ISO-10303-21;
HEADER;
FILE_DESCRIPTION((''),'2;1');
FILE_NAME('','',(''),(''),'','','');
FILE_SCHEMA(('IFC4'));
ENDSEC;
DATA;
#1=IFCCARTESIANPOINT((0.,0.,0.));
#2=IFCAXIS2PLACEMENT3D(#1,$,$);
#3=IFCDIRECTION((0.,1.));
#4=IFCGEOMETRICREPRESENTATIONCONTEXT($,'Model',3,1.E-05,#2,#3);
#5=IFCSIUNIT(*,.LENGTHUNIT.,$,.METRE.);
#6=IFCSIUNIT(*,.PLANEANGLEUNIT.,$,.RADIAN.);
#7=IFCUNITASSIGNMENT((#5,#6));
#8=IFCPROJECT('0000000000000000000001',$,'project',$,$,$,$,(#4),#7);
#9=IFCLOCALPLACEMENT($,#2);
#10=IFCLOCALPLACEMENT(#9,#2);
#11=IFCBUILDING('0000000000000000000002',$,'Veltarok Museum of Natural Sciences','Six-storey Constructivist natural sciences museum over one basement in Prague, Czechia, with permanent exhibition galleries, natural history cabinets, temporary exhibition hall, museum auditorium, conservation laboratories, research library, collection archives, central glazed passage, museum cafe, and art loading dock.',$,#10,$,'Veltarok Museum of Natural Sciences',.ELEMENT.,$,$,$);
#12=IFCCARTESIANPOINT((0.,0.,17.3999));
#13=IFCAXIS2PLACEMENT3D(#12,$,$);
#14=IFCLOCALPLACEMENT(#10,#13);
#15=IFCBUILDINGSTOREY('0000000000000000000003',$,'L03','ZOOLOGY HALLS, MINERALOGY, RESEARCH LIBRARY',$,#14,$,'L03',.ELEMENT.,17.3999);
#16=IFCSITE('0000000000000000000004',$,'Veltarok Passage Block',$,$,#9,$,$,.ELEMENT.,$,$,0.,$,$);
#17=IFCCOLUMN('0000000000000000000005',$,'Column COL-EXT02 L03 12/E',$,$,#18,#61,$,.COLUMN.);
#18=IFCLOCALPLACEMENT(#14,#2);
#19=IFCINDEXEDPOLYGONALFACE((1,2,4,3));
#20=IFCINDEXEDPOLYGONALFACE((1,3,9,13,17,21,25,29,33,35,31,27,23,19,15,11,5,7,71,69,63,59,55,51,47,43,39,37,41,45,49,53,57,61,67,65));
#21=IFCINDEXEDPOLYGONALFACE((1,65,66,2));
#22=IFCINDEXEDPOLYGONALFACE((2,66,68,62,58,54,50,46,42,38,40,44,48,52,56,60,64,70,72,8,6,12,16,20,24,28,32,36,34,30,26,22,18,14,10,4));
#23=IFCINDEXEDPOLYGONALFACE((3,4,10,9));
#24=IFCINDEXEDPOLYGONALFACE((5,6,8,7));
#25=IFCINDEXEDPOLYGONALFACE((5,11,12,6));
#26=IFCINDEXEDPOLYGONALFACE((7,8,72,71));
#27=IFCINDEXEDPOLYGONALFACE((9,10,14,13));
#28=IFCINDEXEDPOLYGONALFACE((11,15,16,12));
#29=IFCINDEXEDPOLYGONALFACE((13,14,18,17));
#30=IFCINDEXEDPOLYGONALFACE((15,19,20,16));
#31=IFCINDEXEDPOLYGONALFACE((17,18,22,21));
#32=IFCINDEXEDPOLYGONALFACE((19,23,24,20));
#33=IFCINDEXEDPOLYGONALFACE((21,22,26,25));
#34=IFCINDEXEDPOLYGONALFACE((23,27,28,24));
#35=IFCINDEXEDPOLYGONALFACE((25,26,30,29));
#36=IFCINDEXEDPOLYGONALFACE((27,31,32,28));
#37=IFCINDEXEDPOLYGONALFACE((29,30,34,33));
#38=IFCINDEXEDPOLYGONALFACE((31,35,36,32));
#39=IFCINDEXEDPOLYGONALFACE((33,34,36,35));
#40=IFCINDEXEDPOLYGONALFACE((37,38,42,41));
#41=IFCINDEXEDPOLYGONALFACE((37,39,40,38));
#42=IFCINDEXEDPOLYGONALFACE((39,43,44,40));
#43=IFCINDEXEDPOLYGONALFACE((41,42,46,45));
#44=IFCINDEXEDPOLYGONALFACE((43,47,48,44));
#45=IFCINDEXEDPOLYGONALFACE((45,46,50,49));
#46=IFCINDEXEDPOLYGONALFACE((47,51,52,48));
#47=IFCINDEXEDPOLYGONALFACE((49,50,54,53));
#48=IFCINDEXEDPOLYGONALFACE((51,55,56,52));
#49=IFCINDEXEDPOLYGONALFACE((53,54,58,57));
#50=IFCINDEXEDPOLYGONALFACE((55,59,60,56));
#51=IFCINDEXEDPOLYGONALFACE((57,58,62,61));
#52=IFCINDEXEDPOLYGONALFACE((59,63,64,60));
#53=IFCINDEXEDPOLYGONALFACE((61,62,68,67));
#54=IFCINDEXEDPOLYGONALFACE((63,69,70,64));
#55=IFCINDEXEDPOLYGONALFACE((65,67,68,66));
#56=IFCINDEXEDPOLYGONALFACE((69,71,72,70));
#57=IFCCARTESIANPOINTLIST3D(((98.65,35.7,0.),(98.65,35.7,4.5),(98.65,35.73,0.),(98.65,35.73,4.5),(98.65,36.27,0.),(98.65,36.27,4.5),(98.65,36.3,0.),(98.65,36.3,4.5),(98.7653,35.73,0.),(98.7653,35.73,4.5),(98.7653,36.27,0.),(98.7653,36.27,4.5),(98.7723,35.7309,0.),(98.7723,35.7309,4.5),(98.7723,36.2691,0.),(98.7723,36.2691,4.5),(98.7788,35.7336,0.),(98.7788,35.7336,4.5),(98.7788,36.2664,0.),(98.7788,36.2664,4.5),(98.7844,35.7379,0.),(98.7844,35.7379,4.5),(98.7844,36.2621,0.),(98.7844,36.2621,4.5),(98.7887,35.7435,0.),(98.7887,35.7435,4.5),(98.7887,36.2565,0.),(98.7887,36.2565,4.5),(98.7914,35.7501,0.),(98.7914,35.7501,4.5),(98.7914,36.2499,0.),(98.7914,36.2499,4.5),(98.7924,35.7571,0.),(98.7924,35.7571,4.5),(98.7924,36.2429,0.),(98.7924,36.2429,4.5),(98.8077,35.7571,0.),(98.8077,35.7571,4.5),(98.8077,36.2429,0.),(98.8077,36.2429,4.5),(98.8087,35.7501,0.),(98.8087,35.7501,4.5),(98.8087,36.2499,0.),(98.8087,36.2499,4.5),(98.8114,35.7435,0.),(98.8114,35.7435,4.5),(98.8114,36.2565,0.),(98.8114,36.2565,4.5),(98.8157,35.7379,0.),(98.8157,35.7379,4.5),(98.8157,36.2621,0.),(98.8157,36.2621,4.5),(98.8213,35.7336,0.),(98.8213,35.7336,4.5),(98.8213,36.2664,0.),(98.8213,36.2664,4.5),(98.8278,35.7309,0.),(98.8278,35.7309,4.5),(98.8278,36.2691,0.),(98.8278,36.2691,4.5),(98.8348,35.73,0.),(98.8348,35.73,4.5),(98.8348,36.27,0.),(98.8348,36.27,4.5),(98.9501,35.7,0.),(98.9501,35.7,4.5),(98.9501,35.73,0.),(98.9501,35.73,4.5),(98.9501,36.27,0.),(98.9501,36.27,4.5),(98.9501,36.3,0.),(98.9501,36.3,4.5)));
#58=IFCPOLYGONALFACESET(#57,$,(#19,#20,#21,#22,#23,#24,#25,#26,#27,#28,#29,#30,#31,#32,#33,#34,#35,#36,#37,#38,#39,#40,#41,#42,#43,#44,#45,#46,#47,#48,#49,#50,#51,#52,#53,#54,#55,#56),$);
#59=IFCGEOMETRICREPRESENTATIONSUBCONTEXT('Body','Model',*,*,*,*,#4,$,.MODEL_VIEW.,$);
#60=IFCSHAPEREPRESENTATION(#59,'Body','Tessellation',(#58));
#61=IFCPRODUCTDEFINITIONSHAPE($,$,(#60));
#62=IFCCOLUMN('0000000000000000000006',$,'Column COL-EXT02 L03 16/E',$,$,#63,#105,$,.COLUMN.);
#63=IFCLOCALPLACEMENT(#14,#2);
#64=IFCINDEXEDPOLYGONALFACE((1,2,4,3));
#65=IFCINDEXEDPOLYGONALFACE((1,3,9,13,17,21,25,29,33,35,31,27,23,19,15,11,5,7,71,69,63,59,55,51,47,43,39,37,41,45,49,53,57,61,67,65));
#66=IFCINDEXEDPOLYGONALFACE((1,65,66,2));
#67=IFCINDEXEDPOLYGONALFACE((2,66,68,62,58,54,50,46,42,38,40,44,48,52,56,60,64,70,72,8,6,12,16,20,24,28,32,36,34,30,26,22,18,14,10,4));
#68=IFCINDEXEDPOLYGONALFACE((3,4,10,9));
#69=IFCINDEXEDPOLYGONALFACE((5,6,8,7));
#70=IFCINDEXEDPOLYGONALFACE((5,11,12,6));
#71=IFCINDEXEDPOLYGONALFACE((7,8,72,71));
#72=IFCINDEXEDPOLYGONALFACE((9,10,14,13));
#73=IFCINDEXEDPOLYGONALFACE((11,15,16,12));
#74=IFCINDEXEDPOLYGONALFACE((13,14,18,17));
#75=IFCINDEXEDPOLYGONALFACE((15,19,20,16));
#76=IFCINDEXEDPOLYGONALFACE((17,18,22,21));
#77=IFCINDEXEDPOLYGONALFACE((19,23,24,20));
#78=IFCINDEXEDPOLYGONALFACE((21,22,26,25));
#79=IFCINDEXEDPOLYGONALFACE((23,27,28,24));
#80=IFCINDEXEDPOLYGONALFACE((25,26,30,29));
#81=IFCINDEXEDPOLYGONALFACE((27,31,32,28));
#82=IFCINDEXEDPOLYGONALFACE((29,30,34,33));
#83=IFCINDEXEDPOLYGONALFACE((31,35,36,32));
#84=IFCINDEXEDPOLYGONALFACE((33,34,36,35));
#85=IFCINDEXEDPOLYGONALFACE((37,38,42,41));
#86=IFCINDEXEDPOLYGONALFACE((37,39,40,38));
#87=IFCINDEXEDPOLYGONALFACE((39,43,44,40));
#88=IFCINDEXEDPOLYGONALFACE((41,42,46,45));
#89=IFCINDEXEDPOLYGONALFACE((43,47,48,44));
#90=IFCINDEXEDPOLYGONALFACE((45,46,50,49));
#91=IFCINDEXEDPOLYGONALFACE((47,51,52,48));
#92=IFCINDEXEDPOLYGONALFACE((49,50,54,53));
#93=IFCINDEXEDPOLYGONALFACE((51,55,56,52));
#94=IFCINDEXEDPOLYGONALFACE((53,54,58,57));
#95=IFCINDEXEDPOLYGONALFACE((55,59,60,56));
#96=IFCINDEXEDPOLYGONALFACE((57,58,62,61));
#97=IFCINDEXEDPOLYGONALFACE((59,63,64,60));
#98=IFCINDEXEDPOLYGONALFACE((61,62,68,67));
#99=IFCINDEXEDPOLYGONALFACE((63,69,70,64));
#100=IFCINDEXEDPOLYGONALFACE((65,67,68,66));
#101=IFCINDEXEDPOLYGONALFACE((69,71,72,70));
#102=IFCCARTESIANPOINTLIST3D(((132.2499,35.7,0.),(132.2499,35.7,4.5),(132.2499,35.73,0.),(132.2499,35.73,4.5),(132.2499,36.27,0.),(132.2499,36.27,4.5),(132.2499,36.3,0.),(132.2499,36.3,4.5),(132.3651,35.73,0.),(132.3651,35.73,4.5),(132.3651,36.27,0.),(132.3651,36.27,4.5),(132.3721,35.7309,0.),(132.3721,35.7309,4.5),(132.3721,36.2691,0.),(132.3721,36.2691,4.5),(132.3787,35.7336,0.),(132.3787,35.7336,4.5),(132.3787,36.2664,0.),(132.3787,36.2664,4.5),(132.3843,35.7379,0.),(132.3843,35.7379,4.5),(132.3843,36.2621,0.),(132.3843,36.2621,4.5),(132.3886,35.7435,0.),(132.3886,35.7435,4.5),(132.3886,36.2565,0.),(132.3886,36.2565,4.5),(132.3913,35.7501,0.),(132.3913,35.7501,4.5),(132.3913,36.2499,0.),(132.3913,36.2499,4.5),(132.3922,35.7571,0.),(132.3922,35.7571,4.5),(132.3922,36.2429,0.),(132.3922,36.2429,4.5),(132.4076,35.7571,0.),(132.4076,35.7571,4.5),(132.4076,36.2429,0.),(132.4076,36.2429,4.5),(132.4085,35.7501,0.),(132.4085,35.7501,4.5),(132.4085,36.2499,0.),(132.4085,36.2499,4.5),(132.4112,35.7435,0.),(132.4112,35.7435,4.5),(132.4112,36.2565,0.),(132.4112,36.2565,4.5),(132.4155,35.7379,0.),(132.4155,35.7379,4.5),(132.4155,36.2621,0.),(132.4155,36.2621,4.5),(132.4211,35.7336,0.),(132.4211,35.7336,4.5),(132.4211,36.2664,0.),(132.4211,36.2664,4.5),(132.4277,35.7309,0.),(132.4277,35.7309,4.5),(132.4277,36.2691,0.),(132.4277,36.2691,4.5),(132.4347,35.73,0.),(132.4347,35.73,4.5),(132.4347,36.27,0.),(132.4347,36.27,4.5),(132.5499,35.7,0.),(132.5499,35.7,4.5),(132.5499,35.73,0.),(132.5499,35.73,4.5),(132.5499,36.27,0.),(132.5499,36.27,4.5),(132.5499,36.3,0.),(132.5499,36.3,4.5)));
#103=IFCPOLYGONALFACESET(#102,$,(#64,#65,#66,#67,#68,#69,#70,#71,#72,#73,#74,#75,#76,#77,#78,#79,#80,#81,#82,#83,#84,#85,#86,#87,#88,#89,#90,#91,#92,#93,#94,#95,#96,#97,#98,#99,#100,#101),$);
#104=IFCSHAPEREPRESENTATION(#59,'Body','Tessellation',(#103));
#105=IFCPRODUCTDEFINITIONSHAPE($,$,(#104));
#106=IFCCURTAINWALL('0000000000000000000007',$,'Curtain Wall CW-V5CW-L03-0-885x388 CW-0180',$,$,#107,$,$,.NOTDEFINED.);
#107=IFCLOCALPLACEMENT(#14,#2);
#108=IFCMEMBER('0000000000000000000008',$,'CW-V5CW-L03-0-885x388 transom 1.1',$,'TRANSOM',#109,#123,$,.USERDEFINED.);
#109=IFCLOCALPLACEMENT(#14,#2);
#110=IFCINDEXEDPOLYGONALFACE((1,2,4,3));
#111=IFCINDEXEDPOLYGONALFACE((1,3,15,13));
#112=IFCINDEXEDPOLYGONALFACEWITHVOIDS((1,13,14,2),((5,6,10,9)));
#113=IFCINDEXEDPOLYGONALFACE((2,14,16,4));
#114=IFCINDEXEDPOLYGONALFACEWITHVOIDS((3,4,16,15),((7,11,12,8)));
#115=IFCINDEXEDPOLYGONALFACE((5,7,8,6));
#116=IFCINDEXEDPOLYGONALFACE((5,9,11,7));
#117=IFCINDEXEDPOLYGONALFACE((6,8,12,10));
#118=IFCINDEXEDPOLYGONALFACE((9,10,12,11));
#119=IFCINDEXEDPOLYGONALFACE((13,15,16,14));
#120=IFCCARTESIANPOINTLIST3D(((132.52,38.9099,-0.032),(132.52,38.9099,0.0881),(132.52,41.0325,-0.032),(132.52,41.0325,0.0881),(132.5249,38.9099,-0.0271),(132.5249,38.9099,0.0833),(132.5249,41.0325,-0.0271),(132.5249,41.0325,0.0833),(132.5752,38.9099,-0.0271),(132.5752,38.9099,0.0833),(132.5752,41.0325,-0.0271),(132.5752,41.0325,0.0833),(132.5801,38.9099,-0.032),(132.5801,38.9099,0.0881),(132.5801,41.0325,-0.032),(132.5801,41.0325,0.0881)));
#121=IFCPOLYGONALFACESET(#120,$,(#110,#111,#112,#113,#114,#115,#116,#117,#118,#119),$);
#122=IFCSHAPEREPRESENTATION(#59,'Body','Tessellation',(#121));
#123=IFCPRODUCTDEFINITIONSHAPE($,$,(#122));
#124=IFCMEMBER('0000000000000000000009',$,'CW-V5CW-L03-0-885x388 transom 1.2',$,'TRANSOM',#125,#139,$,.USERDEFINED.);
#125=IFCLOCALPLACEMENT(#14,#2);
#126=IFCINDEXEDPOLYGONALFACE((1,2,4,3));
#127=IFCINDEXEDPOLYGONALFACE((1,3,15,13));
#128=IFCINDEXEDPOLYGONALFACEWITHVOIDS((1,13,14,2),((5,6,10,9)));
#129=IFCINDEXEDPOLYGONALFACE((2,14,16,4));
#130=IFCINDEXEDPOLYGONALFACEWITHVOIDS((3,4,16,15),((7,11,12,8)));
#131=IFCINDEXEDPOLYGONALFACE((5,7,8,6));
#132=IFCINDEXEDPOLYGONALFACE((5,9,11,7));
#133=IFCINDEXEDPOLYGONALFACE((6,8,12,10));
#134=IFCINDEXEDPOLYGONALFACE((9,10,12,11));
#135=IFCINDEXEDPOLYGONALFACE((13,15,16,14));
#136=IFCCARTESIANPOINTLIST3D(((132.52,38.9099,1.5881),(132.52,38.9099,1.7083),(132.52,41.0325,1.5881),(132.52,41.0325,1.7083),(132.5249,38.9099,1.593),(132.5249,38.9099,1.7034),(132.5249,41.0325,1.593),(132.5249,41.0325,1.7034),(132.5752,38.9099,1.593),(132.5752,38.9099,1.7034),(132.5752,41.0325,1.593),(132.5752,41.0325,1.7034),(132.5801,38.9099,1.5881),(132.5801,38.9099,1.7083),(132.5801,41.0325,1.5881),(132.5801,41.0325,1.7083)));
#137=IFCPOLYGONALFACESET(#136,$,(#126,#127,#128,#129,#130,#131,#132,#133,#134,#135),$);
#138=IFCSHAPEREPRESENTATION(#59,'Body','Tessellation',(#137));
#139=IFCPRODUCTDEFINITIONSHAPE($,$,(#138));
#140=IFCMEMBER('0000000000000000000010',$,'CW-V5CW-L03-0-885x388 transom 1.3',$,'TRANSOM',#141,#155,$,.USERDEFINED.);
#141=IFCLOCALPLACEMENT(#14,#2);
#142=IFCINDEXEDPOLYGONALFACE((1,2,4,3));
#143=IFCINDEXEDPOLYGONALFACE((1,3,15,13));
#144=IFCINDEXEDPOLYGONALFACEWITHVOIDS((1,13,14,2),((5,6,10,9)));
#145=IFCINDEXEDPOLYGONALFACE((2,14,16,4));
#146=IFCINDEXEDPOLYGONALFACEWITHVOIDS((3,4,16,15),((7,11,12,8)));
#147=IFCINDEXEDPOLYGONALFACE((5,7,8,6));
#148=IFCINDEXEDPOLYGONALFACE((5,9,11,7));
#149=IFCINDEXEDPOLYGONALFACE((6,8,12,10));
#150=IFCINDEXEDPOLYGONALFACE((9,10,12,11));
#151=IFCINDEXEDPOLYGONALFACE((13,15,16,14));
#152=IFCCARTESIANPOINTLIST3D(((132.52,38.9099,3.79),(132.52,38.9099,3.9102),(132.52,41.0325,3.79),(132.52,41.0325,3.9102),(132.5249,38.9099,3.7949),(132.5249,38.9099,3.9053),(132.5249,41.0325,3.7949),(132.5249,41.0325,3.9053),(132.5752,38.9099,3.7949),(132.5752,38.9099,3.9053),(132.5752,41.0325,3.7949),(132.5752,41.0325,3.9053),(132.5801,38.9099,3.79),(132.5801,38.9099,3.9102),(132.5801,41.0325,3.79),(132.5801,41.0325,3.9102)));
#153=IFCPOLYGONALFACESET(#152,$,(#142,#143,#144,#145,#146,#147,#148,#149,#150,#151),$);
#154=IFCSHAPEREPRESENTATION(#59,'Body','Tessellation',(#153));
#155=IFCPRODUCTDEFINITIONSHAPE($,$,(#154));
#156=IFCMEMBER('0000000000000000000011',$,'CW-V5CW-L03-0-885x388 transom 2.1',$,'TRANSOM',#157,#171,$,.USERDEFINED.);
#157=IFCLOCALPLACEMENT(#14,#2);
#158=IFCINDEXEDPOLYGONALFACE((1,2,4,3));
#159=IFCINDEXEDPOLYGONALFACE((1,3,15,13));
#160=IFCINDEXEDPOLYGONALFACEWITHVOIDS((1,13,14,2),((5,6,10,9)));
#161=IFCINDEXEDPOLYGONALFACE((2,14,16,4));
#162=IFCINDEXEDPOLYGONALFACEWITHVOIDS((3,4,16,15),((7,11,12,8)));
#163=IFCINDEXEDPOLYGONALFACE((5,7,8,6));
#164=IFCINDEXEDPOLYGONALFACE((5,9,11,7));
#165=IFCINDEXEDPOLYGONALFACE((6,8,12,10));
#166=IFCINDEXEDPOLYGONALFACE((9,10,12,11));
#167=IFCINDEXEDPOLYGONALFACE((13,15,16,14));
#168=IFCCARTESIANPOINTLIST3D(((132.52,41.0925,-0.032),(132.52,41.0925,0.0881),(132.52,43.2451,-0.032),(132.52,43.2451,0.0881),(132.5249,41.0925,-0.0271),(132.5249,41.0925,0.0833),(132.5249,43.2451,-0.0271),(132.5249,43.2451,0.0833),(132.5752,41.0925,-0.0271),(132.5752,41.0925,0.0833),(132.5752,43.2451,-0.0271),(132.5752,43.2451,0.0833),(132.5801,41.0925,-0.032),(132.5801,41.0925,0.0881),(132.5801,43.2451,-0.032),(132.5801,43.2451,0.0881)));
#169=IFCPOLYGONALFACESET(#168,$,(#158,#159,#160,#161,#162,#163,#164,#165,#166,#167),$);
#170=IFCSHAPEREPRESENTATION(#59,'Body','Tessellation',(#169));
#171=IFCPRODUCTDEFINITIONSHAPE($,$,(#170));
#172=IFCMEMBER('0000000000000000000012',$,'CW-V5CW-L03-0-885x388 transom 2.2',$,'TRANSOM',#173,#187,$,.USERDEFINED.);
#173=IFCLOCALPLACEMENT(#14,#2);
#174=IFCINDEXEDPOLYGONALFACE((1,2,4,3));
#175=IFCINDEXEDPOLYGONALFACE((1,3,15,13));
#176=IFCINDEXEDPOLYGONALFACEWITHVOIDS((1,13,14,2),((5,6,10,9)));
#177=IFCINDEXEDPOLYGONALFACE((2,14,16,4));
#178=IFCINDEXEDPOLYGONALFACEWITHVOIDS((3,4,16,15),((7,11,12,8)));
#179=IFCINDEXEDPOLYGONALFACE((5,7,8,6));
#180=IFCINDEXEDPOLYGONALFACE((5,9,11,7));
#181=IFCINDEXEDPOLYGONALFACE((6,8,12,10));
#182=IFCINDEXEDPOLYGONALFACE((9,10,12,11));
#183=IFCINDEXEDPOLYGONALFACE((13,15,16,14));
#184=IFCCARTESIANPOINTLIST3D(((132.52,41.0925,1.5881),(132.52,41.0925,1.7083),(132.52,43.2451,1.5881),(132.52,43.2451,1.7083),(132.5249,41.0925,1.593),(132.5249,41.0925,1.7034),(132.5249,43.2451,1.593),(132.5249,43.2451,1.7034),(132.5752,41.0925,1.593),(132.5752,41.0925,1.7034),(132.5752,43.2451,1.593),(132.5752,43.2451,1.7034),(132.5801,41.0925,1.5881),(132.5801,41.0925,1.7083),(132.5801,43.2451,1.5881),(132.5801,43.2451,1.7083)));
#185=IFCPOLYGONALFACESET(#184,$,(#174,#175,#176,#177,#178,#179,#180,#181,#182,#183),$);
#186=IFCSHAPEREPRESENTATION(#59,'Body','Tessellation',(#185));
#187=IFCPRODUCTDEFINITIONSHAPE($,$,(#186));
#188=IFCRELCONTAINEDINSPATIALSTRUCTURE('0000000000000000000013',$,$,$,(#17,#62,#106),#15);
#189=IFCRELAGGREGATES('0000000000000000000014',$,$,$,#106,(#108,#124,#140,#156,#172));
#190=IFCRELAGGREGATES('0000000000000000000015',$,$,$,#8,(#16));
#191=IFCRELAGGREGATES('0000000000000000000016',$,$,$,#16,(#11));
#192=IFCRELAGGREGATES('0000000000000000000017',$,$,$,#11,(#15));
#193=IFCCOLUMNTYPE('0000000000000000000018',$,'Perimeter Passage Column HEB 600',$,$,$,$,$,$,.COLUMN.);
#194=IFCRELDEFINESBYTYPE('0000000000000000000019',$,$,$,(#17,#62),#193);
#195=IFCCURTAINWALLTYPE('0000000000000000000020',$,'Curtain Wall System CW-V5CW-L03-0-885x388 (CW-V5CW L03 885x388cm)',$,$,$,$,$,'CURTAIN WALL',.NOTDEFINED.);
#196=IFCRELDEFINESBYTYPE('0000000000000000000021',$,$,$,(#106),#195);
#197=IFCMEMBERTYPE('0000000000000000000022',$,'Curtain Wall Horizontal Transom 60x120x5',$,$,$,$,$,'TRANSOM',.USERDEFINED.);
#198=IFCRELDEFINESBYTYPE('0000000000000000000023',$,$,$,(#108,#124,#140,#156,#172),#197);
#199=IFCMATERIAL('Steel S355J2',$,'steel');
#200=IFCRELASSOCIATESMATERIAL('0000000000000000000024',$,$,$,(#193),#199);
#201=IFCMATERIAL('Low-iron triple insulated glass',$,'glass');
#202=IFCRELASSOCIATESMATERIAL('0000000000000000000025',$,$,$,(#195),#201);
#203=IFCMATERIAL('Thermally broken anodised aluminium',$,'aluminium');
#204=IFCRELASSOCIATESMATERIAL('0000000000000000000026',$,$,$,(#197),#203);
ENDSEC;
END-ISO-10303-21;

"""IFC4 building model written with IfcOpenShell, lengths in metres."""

from ifc_helpers import new_model, si_unit, direction, frame, origin, origin_2d, place, context, subcontext, project, spatial, hollow_rectangle, i_section, extrude, material, material_profile, profile_set, type_object, element, aggregate, save


model = new_model("IFC4")

# Units and contexts
model_context = context("Model", 3, precision=1e-05, world=origin(), true_north=direction((0.0, 1.0)))
body_context = subcontext(model_context, "Body", "Model", "MODEL_VIEW")
ifc_project = project(units=[si_unit("LENGTHUNIT", "METRE"), si_unit("PLANEANGLEUNIT", "RADIAN")], contexts=[model_context])

# Site, building, storey
site_placement = place(None, origin())
site = spatial("IfcSite", under=ifc_project, at=site_placement, Name="Veltarok Passage Block", CompositionType="ELEMENT", RefElevation=0.0)
building_placement = place(site_placement, origin())
building = spatial("IfcBuilding", under=site, at=building_placement, Name="Veltarok Museum of Natural Sciences", Description="Six-storey Constructivist natural sciences museum over one basement in Prague, Czechia, with permanent exhibition galleries, natural history cabinets, temporary exhibition hall, museum auditorium, conservation laboratories, research library, collection archives, central glazed passage, museum cafe, and art loading dock.", LongName="Veltarok Museum of Natural Sciences", CompositionType="ELEMENT")
storey_placement = place(building_placement, frame((0.0, 0.0, 17.3999)))
storey = spatial("IfcBuildingStorey", under=building, at=storey_placement, Name="L03", Description="ZOOLOGY HALLS, MINERALOGY, RESEARCH LIBRARY", LongName="L03", CompositionType="ELEMENT", Elevation=17.3999)

# Columns
ifc_material_1 = material(Name="Steel S355J2", Category="steel")
ifc_material_profile_1 = material_profile(ifc_material_1, i_section(OverallWidth=0.3, OverallDepth=0.6001, WebThickness=0.0154, FlangeThickness=0.03, FilletRadius=0.0271, at=origin_2d()), Name="HEB 600")
ifc_profile_set_1 = profile_set([ifc_material_profile_1], Name="Steel S355J2")
column_type = type_object("IfcColumnType", Name="Perimeter Passage Column HEB 600", PredefinedType="COLUMN", material=ifc_profile_set_1)
for number, where, z_axis, x_axis, name in (
    (1, (98.8, 36.0, 0.0), (0.0, 0.0, 1.0), (1.0, 0.0, 0.0), "Column COL-EXT02 L03 12/E"),
    (2, (132.3999, 36.0, 0.0), (0.0, 0.0, 1.0), (1.0, 0.0, 0.0), "Column COL-EXT02 L03 16/E"),
):
    element("IfcColumn", number, at=place(storey_placement, frame(where, z_axis=z_axis, x_axis=x_axis)), inside=storey, type_object=column_type, Name=name, PredefinedType="COLUMN", context=body_context, shape_type="SweptSolid", body=[
        extrude(i_section(OverallWidth=0.3, OverallDepth=0.6001, WebThickness=0.0154, FlangeThickness=0.03, FilletRadius=0.0271, at=origin_2d()), origin(), (0.0, 0.0, 1.0), 4.5),
    ])

# Curtain wall, members
ifc_material_2 = material(Name="Low-iron triple insulated glass", Category="glass")
curtain_wall_type = type_object("IfcCurtainWallType", Name="Curtain Wall System CW-V5CW-L03-0-885x388 (CW-V5CW L03 885x388cm)", ElementType="CURTAIN WALL", PredefinedType="NOTDEFINED", material=ifc_material_2)
curtain_wall_placement = place(storey_placement, origin())
curtain_wall = element("IfcCurtainWall", 3, at=curtain_wall_placement, inside=storey, type_object=curtain_wall_type, Name="Curtain Wall CW-V5CW-L03-0-885x388 CW-0180", PredefinedType="NOTDEFINED")
ifc_material_3 = material(Name="Thermally broken anodised aluminium", Category="aluminium")
ifc_material_profile_2 = material_profile(ifc_material_3, hollow_rectangle(XDim=0.0601, YDim=0.1201, WallThickness=0.0049, at=origin_2d()), Name="CW TRANSOM 60x120x5")
ifc_profile_set_2 = profile_set([ifc_material_profile_2], Name="Thermally broken anodised aluminium")
member_type_1 = type_object("IfcMemberType", Name="Curtain Wall Horizontal Transom 60x120x5", ElementType="TRANSOM", PredefinedType="USERDEFINED", material=ifc_profile_set_2)
member_1_placement = place(storey_placement, frame((132.55, 38.9099, 0.0281), z_axis=(0.0, 1.0, 0.0), x_axis=(-1.0, 0.0, 0.0)))
member_1 = element("IfcMember", 4, at=member_1_placement, type_object=member_type_1, Name="CW-V5CW-L03-0-885x388 transom 1.1", ObjectType="TRANSOM", PredefinedType="USERDEFINED", context=body_context, shape_type="SweptSolid", body=[
    extrude(hollow_rectangle(XDim=0.0601, YDim=0.1201, WallThickness=0.0049, at=origin_2d()), origin(), (0.0, 0.0, 1.0), 2.1226),
])
member_2_placement = place(storey_placement, frame((132.55, 38.9099, 1.6482), z_axis=(0.0, 1.0, 0.0), x_axis=(-1.0, 0.0, 0.0)))
member_2 = element("IfcMember", 5, at=member_2_placement, type_object=member_type_1, Name="CW-V5CW-L03-0-885x388 transom 1.2", ObjectType="TRANSOM", PredefinedType="USERDEFINED", context=body_context, shape_type="SweptSolid", body=[
    extrude(hollow_rectangle(XDim=0.0601, YDim=0.1201, WallThickness=0.0049, at=origin_2d()), origin(), (0.0, 0.0, 1.0), 2.1226),
])
member_3_placement = place(storey_placement, frame((132.55, 38.9099, 3.8501), z_axis=(0.0, 1.0, 0.0), x_axis=(-1.0, 0.0, 0.0)))
member_3 = element("IfcMember", 6, at=member_3_placement, type_object=member_type_1, Name="CW-V5CW-L03-0-885x388 transom 1.3", ObjectType="TRANSOM", PredefinedType="USERDEFINED", context=body_context, shape_type="SweptSolid", body=[
    extrude(hollow_rectangle(XDim=0.0601, YDim=0.1201, WallThickness=0.0049, at=origin_2d()), origin(), (0.0, 0.0, 1.0), 2.1226),
])
member_4_placement = place(storey_placement, frame((132.55, 41.0925, 0.0281), z_axis=(0.0, 1.0, 0.0), x_axis=(-1.0, 0.0, 0.0)))
member_4 = element("IfcMember", 7, at=member_4_placement, type_object=member_type_1, Name="CW-V5CW-L03-0-885x388 transom 2.1", ObjectType="TRANSOM", PredefinedType="USERDEFINED", context=body_context, shape_type="SweptSolid", body=[
    extrude(hollow_rectangle(XDim=0.0601, YDim=0.1201, WallThickness=0.0049, at=origin_2d()), origin(), (0.0, 0.0, 1.0), 2.1526),
])
member_5_placement = place(storey_placement, frame((132.55, 41.0925, 1.6482), z_axis=(0.0, 1.0, 0.0), x_axis=(-1.0, 0.0, 0.0)))
member_5 = element("IfcMember", 8, at=member_5_placement, type_object=member_type_1, Name="CW-V5CW-L03-0-885x388 transom 2.2", ObjectType="TRANSOM", PredefinedType="USERDEFINED", context=body_context, shape_type="SweptSolid", body=[
    extrude(hollow_rectangle(XDim=0.0601, YDim=0.1201, WallThickness=0.0049, at=origin_2d()), origin(), (0.0, 0.0, 1.0), 2.1526),
])

aggregate(curtain_wall, [member_1, member_2, member_3, member_4, member_5])

save(model, "model.ifc")
